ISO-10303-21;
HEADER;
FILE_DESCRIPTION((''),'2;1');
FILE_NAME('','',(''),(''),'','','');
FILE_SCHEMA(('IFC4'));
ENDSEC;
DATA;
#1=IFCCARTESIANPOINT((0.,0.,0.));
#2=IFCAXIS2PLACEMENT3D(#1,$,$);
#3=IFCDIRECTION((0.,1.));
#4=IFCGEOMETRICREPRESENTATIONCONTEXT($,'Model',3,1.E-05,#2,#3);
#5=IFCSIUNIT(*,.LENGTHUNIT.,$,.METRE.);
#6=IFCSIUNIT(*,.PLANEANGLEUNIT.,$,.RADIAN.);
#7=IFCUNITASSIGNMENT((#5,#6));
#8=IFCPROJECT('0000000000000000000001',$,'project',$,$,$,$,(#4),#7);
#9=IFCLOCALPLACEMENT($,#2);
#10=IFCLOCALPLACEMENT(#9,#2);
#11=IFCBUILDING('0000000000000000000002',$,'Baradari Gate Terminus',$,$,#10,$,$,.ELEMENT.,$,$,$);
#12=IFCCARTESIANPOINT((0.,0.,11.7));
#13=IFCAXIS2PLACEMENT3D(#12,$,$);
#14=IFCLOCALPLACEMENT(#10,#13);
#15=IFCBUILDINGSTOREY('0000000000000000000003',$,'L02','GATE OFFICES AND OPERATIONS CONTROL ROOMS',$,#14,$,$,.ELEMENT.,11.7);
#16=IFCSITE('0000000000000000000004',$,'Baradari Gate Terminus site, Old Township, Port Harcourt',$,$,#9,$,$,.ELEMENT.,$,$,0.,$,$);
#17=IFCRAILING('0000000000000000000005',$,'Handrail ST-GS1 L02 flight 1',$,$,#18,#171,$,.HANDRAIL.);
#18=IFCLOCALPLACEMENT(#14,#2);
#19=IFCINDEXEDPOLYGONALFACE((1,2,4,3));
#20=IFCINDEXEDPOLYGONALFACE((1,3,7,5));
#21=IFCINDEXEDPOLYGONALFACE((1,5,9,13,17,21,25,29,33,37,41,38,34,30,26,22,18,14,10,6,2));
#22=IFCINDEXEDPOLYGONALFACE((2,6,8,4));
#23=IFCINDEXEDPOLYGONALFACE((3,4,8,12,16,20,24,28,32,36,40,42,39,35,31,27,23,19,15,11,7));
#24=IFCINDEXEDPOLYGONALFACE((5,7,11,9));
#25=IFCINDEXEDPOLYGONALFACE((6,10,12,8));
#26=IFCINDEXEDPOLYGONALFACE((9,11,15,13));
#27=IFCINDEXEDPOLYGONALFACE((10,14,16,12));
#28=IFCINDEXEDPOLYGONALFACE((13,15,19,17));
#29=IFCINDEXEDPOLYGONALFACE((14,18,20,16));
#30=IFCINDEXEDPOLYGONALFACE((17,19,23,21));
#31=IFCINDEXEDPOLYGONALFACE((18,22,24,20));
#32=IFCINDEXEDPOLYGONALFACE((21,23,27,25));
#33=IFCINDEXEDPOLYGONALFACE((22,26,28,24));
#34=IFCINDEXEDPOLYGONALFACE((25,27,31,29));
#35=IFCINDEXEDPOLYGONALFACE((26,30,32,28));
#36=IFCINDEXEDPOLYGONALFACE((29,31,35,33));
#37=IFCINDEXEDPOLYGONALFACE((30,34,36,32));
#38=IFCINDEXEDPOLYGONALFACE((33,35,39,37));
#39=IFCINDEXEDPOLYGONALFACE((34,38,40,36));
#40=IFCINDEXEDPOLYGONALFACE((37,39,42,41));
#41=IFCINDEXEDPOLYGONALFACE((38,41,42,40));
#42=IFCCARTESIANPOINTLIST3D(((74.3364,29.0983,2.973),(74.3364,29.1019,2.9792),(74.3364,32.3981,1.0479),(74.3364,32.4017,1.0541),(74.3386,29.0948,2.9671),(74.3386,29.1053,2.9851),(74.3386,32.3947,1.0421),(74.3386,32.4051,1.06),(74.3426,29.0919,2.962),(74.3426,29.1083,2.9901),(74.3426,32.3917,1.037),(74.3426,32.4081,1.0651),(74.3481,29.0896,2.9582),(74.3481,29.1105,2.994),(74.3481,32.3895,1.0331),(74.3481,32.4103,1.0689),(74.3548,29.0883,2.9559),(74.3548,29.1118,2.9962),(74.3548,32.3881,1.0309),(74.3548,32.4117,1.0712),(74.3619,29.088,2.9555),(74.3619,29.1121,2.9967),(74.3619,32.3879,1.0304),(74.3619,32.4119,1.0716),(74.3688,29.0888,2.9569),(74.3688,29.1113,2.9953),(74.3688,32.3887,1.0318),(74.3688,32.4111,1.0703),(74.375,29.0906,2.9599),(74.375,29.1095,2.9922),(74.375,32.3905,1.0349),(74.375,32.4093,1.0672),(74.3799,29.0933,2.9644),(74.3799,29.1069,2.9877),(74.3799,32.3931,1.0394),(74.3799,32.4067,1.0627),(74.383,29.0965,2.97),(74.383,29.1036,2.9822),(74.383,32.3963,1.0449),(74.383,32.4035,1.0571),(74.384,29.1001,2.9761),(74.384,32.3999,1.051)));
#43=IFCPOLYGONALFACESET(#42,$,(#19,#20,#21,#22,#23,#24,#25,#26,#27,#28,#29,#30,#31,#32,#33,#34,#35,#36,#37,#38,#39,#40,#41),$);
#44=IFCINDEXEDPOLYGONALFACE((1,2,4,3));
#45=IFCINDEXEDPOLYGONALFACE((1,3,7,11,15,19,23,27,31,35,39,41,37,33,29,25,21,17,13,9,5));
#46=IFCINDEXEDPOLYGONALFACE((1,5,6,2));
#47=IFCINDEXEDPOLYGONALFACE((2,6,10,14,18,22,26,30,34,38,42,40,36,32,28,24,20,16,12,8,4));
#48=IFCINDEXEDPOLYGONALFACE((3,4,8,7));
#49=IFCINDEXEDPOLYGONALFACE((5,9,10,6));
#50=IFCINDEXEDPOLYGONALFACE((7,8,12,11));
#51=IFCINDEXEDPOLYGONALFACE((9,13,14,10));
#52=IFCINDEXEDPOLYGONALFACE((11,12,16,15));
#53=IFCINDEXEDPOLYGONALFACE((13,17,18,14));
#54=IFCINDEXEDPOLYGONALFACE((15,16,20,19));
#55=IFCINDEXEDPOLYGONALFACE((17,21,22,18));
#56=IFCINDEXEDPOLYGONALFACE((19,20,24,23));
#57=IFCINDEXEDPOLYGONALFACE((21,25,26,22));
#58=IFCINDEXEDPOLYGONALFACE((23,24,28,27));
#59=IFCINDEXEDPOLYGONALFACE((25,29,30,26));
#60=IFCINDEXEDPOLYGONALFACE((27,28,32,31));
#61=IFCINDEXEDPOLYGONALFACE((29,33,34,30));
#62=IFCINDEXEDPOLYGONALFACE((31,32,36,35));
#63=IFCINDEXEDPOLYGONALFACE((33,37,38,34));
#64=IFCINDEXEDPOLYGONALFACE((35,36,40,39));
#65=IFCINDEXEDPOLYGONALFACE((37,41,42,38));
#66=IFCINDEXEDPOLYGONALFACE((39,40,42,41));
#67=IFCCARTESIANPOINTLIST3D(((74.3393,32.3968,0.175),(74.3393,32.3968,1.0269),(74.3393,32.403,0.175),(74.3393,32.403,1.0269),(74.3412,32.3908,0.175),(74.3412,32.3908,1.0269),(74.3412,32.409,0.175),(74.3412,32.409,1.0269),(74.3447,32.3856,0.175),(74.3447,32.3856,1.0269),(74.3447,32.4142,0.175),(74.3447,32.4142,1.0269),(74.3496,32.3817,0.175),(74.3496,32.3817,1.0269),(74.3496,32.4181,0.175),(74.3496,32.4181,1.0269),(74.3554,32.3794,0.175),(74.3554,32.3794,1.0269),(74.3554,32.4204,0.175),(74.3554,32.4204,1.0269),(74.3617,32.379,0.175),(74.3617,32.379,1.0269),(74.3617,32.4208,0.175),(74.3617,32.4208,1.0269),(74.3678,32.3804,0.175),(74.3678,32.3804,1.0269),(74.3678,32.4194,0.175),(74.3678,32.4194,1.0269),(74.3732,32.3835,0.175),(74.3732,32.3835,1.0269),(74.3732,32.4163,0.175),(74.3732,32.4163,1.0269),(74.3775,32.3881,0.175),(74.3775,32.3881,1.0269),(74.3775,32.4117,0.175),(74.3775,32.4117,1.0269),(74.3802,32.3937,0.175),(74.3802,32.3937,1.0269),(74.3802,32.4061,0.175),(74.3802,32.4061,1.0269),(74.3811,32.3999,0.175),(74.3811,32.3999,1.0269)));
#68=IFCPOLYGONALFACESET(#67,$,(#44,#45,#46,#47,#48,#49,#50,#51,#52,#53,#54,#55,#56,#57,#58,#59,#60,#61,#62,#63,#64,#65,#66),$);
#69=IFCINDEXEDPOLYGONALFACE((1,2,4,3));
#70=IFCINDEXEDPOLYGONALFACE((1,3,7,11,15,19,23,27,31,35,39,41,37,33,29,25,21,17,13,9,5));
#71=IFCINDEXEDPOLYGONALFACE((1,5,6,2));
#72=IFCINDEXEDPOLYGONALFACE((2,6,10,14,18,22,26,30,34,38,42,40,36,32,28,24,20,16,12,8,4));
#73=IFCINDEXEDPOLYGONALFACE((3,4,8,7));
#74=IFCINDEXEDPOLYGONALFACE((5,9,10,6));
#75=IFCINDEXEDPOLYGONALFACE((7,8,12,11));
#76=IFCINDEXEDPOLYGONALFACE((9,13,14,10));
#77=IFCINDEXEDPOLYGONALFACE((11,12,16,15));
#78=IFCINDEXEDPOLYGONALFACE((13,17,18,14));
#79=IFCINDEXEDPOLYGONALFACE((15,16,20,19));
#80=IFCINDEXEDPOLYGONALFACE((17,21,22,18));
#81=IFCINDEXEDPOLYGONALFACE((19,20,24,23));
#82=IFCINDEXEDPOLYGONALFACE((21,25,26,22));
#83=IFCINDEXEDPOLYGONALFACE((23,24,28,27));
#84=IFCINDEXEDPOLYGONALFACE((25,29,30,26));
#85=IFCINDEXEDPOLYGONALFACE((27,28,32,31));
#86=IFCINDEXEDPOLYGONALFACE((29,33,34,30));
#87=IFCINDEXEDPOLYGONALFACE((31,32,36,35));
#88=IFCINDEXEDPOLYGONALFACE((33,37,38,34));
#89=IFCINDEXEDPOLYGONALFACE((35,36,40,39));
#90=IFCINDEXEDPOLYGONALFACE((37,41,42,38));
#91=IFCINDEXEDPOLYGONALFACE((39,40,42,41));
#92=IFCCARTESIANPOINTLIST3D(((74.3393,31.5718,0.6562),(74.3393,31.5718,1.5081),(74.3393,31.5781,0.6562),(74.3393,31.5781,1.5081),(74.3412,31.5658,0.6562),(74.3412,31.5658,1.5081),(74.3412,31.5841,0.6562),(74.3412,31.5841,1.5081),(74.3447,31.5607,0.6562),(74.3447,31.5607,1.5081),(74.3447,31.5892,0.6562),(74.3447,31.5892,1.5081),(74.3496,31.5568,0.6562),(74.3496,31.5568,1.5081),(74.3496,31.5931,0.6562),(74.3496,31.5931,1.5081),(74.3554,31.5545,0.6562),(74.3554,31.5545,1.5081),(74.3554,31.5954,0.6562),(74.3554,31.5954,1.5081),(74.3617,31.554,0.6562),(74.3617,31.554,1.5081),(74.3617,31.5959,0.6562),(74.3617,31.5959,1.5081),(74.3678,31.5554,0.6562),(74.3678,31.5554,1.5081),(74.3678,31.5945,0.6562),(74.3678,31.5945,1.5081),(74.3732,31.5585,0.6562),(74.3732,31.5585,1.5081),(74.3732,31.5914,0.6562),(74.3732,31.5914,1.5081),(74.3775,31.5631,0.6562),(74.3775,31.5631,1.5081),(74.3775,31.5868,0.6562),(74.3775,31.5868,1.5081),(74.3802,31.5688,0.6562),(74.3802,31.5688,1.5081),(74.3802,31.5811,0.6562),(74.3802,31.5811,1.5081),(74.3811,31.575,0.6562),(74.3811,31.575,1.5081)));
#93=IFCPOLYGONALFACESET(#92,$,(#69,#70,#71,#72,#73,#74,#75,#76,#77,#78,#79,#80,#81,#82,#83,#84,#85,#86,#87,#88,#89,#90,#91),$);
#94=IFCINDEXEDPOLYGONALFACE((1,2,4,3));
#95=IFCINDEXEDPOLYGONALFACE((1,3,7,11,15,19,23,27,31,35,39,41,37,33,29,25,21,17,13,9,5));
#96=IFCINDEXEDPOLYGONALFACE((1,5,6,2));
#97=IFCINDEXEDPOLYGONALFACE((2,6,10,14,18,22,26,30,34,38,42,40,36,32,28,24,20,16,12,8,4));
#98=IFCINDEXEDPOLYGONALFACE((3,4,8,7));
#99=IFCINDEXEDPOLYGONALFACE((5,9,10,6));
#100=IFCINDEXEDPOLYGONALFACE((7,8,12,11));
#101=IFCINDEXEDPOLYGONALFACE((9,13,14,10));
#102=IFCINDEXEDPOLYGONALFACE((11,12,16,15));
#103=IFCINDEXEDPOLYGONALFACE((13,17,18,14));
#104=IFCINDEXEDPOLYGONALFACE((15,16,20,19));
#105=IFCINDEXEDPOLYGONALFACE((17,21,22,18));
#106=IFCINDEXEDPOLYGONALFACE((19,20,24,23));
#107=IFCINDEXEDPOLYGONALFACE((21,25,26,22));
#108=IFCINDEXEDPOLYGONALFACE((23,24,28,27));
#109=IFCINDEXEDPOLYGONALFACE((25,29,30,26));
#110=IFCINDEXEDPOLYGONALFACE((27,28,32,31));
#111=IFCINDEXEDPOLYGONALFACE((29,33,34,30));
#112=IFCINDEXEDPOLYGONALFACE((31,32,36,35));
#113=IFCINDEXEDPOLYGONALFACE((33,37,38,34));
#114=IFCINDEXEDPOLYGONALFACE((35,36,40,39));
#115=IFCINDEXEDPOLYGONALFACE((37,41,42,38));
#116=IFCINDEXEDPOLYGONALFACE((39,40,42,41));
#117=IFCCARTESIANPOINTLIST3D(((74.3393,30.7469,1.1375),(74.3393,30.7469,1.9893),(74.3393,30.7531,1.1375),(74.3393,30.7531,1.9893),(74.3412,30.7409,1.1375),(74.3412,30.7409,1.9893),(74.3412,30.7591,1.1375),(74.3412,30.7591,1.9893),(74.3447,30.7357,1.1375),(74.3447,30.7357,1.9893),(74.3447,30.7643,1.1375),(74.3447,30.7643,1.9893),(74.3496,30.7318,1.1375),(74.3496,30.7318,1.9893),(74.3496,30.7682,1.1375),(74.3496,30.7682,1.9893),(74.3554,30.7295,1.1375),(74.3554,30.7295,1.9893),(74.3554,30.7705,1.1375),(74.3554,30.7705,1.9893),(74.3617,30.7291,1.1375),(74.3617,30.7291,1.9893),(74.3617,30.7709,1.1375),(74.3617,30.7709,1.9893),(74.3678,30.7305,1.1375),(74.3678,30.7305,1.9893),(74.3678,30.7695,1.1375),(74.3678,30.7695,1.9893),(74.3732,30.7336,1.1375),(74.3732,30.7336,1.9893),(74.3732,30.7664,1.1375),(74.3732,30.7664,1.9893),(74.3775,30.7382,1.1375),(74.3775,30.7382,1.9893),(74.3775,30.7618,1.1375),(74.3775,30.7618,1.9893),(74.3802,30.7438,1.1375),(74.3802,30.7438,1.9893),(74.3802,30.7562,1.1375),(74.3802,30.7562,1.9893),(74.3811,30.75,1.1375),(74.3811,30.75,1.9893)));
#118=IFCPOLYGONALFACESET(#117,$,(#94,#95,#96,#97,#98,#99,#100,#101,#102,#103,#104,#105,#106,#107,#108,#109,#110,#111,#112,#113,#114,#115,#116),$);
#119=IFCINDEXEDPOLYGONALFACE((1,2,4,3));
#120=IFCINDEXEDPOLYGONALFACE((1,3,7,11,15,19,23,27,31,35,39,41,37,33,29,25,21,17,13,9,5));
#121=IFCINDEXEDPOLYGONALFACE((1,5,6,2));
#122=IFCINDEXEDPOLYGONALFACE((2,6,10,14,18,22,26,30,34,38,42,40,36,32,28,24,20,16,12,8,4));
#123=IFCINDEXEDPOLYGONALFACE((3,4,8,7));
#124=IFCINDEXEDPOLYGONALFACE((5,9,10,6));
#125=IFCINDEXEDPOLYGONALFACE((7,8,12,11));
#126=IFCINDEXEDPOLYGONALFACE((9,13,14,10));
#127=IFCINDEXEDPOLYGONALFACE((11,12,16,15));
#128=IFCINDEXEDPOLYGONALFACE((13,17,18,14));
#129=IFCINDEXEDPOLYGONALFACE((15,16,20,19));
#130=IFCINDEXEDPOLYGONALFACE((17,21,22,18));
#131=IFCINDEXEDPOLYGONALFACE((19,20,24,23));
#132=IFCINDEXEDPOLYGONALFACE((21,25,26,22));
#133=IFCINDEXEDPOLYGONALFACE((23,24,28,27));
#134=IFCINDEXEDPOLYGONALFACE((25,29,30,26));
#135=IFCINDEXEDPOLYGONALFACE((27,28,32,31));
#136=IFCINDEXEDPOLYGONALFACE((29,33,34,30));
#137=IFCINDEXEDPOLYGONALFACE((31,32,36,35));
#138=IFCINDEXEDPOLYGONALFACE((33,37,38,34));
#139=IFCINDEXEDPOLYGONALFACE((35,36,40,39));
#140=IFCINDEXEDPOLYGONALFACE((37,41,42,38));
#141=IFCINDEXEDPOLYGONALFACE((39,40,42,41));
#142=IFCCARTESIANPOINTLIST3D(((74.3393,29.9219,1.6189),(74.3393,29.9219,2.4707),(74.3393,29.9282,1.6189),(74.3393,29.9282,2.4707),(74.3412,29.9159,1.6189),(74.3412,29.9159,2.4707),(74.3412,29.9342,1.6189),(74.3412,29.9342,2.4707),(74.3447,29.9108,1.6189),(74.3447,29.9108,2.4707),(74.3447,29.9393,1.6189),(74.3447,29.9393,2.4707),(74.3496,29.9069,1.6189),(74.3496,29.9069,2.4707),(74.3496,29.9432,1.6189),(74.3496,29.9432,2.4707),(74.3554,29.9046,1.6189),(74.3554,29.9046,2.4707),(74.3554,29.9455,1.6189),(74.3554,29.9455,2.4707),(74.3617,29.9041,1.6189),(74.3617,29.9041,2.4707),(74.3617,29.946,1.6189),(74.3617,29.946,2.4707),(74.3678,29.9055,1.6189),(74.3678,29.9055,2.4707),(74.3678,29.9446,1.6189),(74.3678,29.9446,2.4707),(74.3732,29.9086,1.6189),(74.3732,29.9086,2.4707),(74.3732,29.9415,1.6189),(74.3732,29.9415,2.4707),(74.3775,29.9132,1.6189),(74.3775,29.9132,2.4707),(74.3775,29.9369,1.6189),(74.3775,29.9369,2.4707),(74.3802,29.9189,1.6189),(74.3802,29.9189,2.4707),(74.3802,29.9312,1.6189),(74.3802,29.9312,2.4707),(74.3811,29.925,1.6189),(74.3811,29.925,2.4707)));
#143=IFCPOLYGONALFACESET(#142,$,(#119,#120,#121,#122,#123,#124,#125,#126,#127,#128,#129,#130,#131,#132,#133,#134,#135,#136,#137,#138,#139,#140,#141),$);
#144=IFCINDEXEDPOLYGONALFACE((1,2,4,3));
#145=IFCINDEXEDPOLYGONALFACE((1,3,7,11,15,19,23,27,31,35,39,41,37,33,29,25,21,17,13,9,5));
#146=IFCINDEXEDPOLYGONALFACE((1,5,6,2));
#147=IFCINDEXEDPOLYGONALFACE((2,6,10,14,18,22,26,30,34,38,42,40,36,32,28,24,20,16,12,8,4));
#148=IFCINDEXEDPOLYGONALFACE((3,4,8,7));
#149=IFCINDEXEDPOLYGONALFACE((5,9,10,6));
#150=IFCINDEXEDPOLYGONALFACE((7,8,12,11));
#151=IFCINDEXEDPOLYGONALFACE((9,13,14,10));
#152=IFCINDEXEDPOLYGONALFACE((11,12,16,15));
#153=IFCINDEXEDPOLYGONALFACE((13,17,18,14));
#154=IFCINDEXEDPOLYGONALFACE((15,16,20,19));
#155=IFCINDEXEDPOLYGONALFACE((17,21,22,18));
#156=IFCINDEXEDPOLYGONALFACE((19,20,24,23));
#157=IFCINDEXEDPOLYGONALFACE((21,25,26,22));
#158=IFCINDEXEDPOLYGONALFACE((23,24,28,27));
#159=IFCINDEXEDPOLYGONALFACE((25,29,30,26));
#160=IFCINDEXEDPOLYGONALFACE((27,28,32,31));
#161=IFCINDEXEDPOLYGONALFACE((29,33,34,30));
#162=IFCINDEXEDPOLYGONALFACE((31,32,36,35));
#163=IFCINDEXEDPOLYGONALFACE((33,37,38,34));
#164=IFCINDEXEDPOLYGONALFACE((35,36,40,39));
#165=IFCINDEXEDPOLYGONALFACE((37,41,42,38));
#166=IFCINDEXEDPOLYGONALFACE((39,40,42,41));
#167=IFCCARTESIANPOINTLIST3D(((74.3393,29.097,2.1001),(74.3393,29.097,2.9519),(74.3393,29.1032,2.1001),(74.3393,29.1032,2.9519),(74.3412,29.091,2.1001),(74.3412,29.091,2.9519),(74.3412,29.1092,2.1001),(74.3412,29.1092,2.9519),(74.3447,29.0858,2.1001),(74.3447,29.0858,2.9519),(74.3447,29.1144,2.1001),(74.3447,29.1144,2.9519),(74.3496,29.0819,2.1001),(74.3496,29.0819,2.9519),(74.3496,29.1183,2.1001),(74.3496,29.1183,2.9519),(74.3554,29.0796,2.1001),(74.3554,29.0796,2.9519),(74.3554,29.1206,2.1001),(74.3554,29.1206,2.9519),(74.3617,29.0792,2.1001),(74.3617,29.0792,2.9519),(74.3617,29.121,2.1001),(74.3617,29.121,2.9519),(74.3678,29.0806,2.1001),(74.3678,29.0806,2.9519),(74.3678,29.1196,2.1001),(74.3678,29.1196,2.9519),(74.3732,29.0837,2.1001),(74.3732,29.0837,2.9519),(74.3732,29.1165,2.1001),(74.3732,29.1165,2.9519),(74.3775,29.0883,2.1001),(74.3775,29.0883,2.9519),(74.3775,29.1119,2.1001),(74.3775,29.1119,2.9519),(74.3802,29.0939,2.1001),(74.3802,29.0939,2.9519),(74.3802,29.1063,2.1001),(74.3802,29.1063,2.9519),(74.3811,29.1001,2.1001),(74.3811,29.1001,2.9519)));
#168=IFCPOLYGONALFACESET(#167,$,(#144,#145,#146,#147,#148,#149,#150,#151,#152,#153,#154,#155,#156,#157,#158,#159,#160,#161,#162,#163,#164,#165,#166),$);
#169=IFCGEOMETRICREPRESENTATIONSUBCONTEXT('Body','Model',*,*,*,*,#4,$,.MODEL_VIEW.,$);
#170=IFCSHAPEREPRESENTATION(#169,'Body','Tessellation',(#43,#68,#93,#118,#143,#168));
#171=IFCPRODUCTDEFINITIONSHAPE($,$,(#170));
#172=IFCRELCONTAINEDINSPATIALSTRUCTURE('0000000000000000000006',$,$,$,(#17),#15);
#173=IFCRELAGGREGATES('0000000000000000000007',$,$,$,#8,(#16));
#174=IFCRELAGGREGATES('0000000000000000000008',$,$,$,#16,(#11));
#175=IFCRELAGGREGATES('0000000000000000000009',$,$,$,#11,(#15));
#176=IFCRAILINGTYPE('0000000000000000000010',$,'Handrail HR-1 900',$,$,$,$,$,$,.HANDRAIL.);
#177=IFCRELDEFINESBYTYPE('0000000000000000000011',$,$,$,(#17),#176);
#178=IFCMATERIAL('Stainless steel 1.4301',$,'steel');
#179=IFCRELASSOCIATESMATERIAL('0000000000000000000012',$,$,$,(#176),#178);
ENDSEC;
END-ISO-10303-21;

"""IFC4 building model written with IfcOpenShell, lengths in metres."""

from ifc_helpers import new_model, si_unit, direction, frame, origin, origin_2d, place, context, subcontext, project, spatial, circle, extrude, material, type_object, element, save


model = new_model("IFC4")

# Units and contexts
model_context = context("Model", 3, precision=1e-05, world=origin(), true_north=direction((0.0, 1.0)))
body_context = subcontext(model_context, "Body", "Model", "MODEL_VIEW")
ifc_project = project(units=[si_unit("LENGTHUNIT", "METRE"), si_unit("PLANEANGLEUNIT", "RADIAN")], contexts=[model_context])

# Site, building, storey
site_placement = place(None, origin())
site = spatial("IfcSite", under=ifc_project, at=site_placement, Name="Baradari Gate Terminus site, Old Township, Port Harcourt", CompositionType="ELEMENT", RefElevation=0.0)
building_placement = place(site_placement, origin())
building = spatial("IfcBuilding", under=site, at=building_placement, Name="Baradari Gate Terminus", CompositionType="ELEMENT")
storey_placement = place(building_placement, frame((0.0, 0.0, 11.7)))
storey = spatial("IfcBuildingStorey", under=building, at=storey_placement, Name="L02", Description="GATE OFFICES AND OPERATIONS CONTROL ROOMS", CompositionType="ELEMENT", Elevation=11.7)

# Railing
ifc_material_1 = material(Name="Stainless steel 1.4301", Category="steel")
railing_type = type_object("IfcRailingType", Name="Handrail HR-1 900", PredefinedType="HANDRAIL", material=ifc_material_1)
for number, where, name in (
    (1, (74.3601, 32.3999, 0.175), "Handrail ST-GS1 L02 flight 1"),
):
    element("IfcRailing", number, at=place(storey_placement, frame(where)), inside=storey, type_object=railing_type, Name=name, PredefinedType="HANDRAIL", context=body_context, shape_type="SweptSolid", body=[
        extrude(circle(Radius=0.0239, at=origin_2d()), frame((0.0, 0.0, 0.876), z_axis=(0.0, -0.86376, 0.503903), x_axis=(1.0, 0.0, 0.0)), (0.0, 0.0, 1.0), 3.8203),
        extrude(circle(Radius=0.021, at=origin_2d()), origin(), (0.0, 0.0, 1.0), 0.8518),
        extrude(circle(Radius=0.021, at=origin_2d()), frame((0.0, -0.825, 0.4812)), (0.0, 0.0, 1.0), 0.8518),
        extrude(circle(Radius=0.021, at=origin_2d()), frame((0.0, -1.6499, 0.9624)), (0.0, 0.0, 1.0), 0.8518),
        extrude(circle(Radius=0.021, at=origin_2d()), frame((0.0, -2.4749, 1.4438)), (0.0, 0.0, 1.0), 0.8518),
        extrude(circle(Radius=0.021, at=origin_2d()), frame((0.0, -3.2998, 1.925)), (0.0, 0.0, 1.0), 0.8518),
    ])

save(model, "model.ifc")
